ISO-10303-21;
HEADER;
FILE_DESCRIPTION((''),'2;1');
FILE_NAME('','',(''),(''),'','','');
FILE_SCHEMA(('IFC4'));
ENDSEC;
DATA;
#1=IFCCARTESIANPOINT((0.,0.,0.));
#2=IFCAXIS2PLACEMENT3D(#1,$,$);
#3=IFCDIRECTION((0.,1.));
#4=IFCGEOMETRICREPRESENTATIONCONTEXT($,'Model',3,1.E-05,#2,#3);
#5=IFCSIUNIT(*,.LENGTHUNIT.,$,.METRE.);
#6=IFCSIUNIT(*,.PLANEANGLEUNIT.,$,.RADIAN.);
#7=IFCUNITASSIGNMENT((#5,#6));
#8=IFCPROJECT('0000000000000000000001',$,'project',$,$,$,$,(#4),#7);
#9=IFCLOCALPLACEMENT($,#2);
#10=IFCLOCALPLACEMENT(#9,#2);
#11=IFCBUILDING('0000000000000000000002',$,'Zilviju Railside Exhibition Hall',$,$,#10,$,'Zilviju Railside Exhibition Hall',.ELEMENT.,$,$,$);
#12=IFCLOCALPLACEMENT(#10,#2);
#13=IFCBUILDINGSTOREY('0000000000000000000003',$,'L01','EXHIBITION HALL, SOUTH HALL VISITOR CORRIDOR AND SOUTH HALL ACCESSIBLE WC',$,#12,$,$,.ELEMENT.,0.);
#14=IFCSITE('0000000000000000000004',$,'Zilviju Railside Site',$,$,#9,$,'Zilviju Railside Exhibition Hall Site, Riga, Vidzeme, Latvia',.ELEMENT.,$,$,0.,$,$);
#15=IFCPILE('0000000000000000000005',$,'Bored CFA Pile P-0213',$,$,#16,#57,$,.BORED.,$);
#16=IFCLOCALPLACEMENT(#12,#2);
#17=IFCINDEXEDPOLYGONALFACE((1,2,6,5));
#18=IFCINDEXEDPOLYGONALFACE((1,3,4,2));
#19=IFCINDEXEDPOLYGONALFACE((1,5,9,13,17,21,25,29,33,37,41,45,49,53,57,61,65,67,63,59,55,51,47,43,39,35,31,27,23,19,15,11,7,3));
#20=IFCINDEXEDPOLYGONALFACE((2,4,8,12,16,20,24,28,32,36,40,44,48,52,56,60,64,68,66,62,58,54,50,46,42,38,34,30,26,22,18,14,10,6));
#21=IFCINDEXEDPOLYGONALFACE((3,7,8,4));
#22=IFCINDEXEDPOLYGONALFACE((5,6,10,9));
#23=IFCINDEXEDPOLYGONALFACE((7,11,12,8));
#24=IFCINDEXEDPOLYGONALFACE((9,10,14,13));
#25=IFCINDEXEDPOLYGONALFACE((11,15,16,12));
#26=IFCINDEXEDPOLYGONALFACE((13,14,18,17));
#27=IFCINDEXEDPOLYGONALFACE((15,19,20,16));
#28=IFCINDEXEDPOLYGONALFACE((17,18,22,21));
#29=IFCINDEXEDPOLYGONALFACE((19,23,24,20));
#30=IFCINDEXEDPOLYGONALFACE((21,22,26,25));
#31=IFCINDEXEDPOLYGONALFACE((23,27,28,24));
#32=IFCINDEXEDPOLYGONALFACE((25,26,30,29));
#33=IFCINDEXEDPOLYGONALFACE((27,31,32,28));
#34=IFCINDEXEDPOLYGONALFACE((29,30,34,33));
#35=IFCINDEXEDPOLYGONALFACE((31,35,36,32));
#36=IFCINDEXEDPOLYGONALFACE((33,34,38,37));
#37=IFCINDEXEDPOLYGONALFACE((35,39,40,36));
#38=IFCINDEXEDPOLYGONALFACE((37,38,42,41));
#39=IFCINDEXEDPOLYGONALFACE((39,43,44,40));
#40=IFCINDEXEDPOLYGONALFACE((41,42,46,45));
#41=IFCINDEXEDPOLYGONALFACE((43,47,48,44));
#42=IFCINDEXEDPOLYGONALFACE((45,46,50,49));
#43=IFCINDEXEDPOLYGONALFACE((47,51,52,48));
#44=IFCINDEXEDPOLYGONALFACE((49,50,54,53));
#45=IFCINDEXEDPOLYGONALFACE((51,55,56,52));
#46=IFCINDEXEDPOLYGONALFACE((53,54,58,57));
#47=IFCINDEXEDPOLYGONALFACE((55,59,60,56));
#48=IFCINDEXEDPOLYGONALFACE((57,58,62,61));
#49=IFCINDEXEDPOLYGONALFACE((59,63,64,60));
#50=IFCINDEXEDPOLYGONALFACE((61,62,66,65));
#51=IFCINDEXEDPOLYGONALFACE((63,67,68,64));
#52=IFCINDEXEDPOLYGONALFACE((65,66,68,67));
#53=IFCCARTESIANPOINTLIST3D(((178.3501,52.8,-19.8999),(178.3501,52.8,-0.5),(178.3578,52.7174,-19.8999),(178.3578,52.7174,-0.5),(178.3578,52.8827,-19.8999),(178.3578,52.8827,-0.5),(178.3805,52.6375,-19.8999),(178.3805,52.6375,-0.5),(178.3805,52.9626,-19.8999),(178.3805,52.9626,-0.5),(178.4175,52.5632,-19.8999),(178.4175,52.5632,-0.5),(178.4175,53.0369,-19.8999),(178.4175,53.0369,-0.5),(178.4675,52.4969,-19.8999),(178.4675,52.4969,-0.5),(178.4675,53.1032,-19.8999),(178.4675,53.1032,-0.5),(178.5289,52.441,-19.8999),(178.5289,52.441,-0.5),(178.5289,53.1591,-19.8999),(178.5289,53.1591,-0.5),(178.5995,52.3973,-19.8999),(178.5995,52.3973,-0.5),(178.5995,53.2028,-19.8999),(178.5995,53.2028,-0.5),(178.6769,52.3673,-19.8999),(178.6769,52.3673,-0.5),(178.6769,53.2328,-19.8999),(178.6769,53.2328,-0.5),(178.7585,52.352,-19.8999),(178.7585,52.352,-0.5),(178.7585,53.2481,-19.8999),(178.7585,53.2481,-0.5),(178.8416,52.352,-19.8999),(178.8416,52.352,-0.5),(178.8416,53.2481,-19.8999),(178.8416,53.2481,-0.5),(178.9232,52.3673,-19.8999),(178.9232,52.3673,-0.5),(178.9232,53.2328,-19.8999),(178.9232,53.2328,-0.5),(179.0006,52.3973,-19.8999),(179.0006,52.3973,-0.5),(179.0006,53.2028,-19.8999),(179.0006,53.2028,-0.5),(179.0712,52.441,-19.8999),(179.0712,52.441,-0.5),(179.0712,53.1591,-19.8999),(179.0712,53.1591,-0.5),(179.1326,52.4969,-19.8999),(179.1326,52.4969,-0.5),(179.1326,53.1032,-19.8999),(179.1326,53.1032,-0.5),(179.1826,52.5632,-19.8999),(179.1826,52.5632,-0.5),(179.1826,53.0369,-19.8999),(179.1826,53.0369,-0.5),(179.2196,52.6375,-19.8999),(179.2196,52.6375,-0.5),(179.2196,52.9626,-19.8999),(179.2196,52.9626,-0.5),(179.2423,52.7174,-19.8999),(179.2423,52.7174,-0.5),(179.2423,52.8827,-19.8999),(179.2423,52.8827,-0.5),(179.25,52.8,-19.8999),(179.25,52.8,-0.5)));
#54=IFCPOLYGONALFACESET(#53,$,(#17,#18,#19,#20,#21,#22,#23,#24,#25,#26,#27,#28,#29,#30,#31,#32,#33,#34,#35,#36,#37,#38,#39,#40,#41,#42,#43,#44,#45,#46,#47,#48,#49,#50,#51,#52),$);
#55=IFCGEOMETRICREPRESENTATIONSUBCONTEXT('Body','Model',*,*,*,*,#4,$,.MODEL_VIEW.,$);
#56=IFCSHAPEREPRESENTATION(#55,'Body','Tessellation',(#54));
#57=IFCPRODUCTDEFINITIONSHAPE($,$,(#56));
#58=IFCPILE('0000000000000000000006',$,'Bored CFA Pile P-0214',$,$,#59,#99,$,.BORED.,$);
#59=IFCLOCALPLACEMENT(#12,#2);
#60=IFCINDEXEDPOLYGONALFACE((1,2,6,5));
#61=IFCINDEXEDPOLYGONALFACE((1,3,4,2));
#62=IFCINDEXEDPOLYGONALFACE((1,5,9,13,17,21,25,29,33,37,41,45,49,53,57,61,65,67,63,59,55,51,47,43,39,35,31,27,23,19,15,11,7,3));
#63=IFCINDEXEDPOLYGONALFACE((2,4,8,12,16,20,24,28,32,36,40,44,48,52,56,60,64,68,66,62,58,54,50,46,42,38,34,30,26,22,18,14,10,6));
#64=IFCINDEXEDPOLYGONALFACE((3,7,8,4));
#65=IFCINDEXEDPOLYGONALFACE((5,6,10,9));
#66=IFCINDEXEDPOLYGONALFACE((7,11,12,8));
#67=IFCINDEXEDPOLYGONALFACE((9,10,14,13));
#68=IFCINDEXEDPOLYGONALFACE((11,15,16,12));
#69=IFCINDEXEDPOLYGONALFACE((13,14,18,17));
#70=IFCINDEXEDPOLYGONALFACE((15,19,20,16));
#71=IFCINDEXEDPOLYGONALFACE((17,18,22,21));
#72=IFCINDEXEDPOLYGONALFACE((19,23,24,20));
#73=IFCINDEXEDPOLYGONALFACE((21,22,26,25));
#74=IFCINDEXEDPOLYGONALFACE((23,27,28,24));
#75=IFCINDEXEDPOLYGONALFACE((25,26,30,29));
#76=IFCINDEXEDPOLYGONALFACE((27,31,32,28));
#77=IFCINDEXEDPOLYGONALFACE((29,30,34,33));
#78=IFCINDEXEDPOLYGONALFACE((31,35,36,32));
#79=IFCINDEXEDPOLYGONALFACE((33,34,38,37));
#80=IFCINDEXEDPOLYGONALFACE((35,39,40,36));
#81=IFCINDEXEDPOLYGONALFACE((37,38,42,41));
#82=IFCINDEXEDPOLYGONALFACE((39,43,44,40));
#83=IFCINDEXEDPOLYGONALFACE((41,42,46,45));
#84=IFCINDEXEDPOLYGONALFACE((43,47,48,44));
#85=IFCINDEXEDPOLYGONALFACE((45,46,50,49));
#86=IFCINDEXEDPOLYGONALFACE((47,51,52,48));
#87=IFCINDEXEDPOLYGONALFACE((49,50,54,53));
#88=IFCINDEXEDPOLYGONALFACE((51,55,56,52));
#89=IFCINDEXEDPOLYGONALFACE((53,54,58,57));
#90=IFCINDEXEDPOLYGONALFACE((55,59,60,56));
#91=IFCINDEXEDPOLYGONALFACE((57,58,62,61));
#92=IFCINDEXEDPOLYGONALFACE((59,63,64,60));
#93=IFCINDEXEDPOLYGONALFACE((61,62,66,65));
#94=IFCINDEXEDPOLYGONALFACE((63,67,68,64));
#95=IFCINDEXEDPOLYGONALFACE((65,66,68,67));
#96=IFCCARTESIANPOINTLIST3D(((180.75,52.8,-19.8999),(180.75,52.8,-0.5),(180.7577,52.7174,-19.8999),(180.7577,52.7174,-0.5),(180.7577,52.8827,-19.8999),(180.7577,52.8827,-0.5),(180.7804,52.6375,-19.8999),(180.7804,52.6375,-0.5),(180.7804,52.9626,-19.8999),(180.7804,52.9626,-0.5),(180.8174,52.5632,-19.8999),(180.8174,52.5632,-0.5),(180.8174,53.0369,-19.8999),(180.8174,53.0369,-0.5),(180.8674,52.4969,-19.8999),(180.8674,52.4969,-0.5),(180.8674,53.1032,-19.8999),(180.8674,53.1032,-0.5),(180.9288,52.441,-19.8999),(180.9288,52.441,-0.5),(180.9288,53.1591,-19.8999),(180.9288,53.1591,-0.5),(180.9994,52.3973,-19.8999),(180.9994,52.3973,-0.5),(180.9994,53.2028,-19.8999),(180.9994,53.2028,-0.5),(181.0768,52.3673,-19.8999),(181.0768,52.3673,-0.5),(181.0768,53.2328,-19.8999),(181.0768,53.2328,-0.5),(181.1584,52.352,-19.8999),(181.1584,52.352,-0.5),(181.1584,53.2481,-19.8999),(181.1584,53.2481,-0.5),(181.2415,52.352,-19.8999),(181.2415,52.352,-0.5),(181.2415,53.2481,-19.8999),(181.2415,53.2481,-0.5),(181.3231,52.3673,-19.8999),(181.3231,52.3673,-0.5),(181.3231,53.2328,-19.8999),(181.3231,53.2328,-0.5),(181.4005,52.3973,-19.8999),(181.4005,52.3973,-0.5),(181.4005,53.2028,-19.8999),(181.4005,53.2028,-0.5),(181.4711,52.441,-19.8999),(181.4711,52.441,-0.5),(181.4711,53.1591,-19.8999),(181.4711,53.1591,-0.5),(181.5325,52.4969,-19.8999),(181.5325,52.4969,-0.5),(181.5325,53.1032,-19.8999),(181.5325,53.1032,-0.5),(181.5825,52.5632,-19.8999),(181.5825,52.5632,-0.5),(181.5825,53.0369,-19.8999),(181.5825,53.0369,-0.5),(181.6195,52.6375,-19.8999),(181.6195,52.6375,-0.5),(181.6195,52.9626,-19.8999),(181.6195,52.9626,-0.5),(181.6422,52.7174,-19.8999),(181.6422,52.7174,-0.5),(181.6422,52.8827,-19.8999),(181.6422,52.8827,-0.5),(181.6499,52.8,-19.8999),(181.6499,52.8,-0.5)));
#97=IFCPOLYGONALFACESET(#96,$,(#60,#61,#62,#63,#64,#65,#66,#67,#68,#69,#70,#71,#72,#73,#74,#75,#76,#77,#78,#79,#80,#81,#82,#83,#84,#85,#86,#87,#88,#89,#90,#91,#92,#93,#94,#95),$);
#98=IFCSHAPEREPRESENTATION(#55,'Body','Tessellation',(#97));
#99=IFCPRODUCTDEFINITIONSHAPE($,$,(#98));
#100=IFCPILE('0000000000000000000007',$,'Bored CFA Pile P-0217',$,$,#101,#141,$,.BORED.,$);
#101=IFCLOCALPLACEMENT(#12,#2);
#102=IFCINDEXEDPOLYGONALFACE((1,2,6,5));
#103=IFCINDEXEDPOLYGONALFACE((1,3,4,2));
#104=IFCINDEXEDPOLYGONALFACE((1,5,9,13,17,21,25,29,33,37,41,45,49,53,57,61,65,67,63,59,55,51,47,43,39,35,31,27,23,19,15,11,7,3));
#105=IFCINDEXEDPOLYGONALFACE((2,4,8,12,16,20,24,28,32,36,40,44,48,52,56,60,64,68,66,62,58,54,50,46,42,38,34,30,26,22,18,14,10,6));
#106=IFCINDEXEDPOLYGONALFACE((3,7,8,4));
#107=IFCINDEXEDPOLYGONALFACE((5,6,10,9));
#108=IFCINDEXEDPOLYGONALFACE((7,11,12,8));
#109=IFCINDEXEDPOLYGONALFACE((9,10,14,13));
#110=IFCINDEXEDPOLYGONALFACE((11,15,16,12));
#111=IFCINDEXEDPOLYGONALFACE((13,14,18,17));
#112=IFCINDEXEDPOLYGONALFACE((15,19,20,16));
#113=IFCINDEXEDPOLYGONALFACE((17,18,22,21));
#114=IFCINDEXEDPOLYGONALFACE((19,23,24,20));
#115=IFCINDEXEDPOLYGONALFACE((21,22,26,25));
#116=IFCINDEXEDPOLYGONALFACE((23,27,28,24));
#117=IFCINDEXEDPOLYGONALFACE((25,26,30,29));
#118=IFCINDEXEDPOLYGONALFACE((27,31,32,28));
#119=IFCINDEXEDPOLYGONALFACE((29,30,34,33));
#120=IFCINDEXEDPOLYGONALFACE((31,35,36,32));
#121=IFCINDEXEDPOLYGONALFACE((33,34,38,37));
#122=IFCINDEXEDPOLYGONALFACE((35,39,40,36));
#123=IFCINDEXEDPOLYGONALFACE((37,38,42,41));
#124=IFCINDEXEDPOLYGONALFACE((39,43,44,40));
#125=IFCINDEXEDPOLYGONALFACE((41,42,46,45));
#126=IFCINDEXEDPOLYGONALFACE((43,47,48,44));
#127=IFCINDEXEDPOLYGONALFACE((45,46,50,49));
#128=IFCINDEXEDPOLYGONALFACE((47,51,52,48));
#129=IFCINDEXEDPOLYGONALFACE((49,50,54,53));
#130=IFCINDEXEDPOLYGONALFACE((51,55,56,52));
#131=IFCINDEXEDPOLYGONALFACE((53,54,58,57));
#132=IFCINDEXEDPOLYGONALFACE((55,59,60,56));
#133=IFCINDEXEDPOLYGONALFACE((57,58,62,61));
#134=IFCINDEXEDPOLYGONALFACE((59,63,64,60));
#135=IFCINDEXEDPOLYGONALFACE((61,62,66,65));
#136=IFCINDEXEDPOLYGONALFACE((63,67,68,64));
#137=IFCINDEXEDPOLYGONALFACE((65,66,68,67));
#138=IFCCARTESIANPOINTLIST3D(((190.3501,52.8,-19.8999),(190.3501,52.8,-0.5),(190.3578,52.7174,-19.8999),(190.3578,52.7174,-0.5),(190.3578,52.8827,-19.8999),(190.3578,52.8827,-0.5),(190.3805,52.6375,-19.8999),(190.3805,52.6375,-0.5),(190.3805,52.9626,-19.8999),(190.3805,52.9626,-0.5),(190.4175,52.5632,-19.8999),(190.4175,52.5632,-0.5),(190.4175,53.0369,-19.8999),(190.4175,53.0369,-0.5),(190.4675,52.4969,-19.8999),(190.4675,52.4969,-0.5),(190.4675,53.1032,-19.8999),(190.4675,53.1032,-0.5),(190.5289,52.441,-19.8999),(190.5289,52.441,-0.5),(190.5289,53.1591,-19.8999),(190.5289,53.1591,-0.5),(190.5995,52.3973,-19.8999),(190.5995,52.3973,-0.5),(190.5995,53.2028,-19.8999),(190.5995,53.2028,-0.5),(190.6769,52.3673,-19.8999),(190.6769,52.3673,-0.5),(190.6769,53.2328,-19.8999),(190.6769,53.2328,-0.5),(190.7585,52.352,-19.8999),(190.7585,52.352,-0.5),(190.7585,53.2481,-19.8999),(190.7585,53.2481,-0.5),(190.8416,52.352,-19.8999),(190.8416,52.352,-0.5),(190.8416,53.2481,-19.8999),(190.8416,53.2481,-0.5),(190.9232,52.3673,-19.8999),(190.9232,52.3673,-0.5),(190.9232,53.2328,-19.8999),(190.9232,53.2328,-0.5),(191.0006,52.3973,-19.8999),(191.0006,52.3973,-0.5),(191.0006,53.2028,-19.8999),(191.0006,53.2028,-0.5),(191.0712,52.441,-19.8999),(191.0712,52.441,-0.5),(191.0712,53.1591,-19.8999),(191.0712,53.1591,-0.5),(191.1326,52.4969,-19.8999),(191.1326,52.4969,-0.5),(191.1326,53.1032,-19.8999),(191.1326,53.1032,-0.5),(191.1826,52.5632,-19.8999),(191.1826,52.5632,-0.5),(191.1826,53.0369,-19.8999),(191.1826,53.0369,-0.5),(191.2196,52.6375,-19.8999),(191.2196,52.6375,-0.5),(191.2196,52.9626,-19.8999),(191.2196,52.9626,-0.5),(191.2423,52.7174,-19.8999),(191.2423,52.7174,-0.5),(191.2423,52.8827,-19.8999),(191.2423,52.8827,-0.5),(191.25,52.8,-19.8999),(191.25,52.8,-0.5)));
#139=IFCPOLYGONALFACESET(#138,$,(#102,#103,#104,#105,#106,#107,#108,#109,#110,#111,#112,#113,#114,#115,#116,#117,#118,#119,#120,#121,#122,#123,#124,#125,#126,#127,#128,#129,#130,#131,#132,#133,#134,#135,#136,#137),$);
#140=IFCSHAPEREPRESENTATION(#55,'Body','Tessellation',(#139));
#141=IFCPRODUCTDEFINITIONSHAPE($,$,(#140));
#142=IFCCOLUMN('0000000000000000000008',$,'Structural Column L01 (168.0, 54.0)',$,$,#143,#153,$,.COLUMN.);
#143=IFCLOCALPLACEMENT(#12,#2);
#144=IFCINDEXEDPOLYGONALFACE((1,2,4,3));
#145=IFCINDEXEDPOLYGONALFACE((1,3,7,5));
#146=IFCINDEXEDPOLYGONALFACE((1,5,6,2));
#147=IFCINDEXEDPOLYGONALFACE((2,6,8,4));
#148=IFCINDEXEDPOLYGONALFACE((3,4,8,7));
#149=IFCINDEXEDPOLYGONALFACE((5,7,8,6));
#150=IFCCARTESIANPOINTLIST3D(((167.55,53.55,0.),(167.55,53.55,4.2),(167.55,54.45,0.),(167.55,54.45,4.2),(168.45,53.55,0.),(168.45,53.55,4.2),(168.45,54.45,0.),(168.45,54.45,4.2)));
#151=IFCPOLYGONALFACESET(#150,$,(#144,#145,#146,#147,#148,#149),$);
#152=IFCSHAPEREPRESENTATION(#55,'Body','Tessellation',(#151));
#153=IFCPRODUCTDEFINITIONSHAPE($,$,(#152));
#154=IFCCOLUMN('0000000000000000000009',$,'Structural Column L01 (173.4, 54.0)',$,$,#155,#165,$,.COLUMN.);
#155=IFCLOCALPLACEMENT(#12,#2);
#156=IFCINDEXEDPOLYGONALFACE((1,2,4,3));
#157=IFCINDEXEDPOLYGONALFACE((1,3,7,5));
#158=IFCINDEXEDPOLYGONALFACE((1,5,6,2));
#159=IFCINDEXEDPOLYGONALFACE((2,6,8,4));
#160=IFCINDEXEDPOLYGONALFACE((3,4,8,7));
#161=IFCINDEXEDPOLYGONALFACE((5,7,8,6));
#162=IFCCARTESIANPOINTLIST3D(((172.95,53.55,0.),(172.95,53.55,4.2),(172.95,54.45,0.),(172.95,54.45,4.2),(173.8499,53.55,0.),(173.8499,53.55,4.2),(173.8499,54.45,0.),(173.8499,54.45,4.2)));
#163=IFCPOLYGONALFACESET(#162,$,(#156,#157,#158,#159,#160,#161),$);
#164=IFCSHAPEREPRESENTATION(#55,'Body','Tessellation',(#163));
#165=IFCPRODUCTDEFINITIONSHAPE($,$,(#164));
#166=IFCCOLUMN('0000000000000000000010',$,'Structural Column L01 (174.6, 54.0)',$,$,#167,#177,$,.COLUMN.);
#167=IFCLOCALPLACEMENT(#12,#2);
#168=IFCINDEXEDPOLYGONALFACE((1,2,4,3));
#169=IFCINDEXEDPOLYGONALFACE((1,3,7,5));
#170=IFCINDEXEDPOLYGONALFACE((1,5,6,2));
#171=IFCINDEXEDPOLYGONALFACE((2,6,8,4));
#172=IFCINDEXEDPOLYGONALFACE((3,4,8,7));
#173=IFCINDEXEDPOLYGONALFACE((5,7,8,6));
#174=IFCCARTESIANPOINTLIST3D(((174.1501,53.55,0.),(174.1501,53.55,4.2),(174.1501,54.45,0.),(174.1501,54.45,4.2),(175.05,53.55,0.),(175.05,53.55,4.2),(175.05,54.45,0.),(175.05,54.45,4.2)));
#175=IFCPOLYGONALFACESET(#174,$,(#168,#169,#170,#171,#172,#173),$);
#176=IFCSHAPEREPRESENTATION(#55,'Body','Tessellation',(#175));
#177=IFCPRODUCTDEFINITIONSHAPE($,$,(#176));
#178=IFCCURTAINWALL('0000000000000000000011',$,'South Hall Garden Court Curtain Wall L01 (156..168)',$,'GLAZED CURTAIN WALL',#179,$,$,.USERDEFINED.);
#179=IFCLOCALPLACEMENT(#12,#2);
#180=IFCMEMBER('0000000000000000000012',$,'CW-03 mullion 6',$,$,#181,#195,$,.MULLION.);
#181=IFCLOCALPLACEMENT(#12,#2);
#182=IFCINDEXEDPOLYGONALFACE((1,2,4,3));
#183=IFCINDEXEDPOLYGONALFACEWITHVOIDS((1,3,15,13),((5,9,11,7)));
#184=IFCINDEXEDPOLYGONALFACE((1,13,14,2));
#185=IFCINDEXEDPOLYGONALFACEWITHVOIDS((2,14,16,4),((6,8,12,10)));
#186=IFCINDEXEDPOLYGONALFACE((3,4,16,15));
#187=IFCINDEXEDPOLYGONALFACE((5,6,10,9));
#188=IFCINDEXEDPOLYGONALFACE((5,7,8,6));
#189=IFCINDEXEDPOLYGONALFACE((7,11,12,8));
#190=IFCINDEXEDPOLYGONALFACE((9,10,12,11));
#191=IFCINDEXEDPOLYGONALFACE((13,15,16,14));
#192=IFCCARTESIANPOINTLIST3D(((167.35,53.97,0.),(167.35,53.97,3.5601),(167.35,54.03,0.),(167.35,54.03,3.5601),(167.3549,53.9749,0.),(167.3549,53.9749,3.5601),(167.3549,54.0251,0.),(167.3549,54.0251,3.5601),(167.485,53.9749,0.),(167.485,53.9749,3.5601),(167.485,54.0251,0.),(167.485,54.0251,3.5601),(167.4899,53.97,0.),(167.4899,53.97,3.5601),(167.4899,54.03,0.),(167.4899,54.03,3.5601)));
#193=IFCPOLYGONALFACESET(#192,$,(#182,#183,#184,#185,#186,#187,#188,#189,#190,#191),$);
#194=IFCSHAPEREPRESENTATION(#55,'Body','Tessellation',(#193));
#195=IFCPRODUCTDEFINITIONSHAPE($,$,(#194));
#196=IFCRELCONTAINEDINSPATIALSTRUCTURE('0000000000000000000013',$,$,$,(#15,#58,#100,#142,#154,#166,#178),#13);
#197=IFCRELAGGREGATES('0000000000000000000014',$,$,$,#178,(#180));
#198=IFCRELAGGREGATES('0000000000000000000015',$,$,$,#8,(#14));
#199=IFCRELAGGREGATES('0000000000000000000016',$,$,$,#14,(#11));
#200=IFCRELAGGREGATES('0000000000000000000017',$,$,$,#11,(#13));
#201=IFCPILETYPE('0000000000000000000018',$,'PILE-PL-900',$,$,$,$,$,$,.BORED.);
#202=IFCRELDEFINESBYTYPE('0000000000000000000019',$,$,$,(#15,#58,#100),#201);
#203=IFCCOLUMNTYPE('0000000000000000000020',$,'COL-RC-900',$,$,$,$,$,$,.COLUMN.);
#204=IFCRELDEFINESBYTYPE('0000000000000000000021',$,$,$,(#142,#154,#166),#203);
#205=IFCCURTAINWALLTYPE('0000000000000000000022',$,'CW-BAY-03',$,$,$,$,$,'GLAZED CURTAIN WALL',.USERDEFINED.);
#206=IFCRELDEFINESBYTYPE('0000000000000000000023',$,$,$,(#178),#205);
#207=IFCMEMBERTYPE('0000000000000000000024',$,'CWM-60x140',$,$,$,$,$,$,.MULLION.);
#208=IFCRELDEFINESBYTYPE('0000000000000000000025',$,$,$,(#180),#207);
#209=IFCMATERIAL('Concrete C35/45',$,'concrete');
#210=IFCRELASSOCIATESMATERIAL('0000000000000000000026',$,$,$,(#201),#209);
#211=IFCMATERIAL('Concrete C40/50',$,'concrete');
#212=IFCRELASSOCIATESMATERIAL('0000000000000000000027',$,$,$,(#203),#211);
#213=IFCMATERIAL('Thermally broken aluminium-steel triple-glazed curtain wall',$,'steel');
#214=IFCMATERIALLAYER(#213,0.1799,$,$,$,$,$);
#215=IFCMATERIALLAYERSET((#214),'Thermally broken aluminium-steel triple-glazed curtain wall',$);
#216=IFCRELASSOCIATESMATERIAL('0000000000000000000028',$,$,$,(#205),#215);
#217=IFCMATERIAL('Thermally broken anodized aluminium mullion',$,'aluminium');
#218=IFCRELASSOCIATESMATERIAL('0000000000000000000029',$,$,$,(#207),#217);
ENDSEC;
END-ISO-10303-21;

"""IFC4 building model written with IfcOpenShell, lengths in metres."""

from ifc_helpers import new_model, si_unit, direction, frame, origin, origin_2d, place, context, subcontext, project, spatial, rectangle, hollow_rectangle, circle, extrude, material, layer, layer_set, material_profile, profile_set, type_object, element, aggregate, save


model = new_model("IFC4")

# Units and contexts
model_context = context("Model", 3, precision=1e-05, world=origin(), true_north=direction((0.0, 1.0)))
body_context = subcontext(model_context, "Body", "Model", "MODEL_VIEW")
ifc_project = project(units=[si_unit("LENGTHUNIT", "METRE"), si_unit("PLANEANGLEUNIT", "RADIAN")], contexts=[model_context])

# Site, building, storey
site_placement = place(None, origin())
site = spatial("IfcSite", under=ifc_project, at=site_placement, Name="Zilviju Railside Site", LongName="Zilviju Railside Exhibition Hall Site, Riga, Vidzeme, Latvia", CompositionType="ELEMENT", RefElevation=0.0)
building_placement = place(site_placement, origin())
building = spatial("IfcBuilding", under=site, at=building_placement, Name="Zilviju Railside Exhibition Hall", LongName="Zilviju Railside Exhibition Hall", CompositionType="ELEMENT")
storey_placement = place(building_placement, origin())
storey = spatial("IfcBuildingStorey", under=building, at=storey_placement, Name="L01", Description="EXHIBITION HALL, SOUTH HALL VISITOR CORRIDOR AND SOUTH HALL ACCESSIBLE WC", CompositionType="ELEMENT", Elevation=0.0)

# Shared definitions
ifc_material_1 = material(Name="Concrete C35/45", Category="concrete")

# Piles
ifc_material_profile_1 = material_profile(ifc_material_1, circle(Radius=0.45, at=origin_2d()), Name="CFA PILE D900")
ifc_profile_set_1 = profile_set([ifc_material_profile_1], Name="Concrete C35/45")
pile_type = type_object("IfcPileType", Name="PILE-PL-900", PredefinedType="BORED", material=ifc_profile_set_1)
for number, where, z_axis, x_axis, name in (
    (1, (178.8, 52.8, -0.5), (0.0, 0.0, -1.0), (1.0, 0.0, 0.0), "Bored CFA Pile P-0213"),
    (2, (181.2, 52.8, -0.5), (0.0, 0.0, -1.0), (1.0, 0.0, 0.0), "Bored CFA Pile P-0214"),
    (3, (190.8, 52.8, -0.5), (0.0, 0.0, -1.0), (1.0, 0.0, 0.0), "Bored CFA Pile P-0217"),
):
    element("IfcPile", number, at=place(storey_placement, frame(where, z_axis=z_axis, x_axis=x_axis)), inside=storey, type_object=pile_type, Name=name, PredefinedType="BORED", context=body_context, shape_type="SweptSolid", body=[
        extrude(circle(Radius=0.45, at=origin_2d()), origin(), (0.0, 0.0, 1.0), 19.3999),
    ])

# Columns
ifc_material_2 = material(Name="Concrete C40/50", Category="concrete")
ifc_material_profile_2 = material_profile(ifc_material_2, rectangle(XDim=0.8999, YDim=0.8999, at=origin_2d()), Name="RC COL 900x900")
ifc_profile_set_2 = profile_set([ifc_material_profile_2], Name="Concrete C40/50")
column_type = type_object("IfcColumnType", Name="COL-RC-900", PredefinedType="COLUMN", material=ifc_profile_set_2)
for number, where, z_axis, x_axis, name in (
    (4, (168.0, 54.0, 0.0), (0.0, 0.0, 1.0), (1.0, 0.0, 0.0), "Structural Column L01 (168.0, 54.0)"),
    (5, (173.3999, 54.0, 0.0), (0.0, 0.0, 1.0), (1.0, 0.0, 0.0), "Structural Column L01 (173.4, 54.0)"),
    (6, (174.6001, 54.0, 0.0), (0.0, 0.0, 1.0), (1.0, 0.0, 0.0), "Structural Column L01 (174.6, 54.0)"),
):
    element("IfcColumn", number, at=place(storey_placement, frame(where, z_axis=z_axis, x_axis=x_axis)), inside=storey, type_object=column_type, Name=name, PredefinedType="COLUMN", context=body_context, shape_type="SweptSolid", body=[
        extrude(rectangle(XDim=0.8999, YDim=0.8999, at=origin_2d()), origin(), (0.0, 0.0, 1.0), 4.2),
    ])

# Curtain wall, member
ifc_material_3 = material(Name="Thermally broken aluminium-steel triple-glazed curtain wall", Category="steel")
ifc_layer_1 = layer(ifc_material_3, 0.1799)
ifc_layer_set_1 = layer_set([ifc_layer_1], Name="Thermally broken aluminium-steel triple-glazed curtain wall")
curtain_wall_type = type_object("IfcCurtainWallType", Name="CW-BAY-03", ElementType="GLAZED CURTAIN WALL", PredefinedType="USERDEFINED", material=ifc_layer_set_1)
curtain_wall_placement = place(storey_placement, origin())
curtain_wall = element("IfcCurtainWall", 7, at=curtain_wall_placement, inside=storey, type_object=curtain_wall_type, Name="South Hall Garden Court Curtain Wall L01 (156..168)", ObjectType="GLAZED CURTAIN WALL", PredefinedType="USERDEFINED")
ifc_material_4 = material(Name="Thermally broken anodized aluminium mullion", Category="aluminium")
ifc_material_profile_3 = material_profile(ifc_material_4, hollow_rectangle(XDim=0.0601, YDim=0.1399, WallThickness=0.0049, at=origin_2d()), Name="MULLION 140x60x5")
ifc_profile_set_3 = profile_set([ifc_material_profile_3], Name="Thermally broken anodized aluminium mullion")
member_type = type_object("IfcMemberType", Name="CWM-60x140", PredefinedType="MULLION", material=ifc_profile_set_3)
member_placement = place(storey_placement, frame((167.4199, 54.0, 0.0), z_axis=(0.0, 0.0, 1.0), x_axis=(0.0, 1.0, 0.0)))
member = element("IfcMember", 8, at=member_placement, type_object=member_type, Name="CW-03 mullion 6", PredefinedType="MULLION", context=body_context, shape_type="SweptSolid", body=[
    extrude(hollow_rectangle(XDim=0.0601, YDim=0.1399, WallThickness=0.0049, at=origin_2d()), origin(), (0.0, 0.0, 1.0), 3.5601),
])
aggregate(curtain_wall, [member])

save(model, "model.ifc")
